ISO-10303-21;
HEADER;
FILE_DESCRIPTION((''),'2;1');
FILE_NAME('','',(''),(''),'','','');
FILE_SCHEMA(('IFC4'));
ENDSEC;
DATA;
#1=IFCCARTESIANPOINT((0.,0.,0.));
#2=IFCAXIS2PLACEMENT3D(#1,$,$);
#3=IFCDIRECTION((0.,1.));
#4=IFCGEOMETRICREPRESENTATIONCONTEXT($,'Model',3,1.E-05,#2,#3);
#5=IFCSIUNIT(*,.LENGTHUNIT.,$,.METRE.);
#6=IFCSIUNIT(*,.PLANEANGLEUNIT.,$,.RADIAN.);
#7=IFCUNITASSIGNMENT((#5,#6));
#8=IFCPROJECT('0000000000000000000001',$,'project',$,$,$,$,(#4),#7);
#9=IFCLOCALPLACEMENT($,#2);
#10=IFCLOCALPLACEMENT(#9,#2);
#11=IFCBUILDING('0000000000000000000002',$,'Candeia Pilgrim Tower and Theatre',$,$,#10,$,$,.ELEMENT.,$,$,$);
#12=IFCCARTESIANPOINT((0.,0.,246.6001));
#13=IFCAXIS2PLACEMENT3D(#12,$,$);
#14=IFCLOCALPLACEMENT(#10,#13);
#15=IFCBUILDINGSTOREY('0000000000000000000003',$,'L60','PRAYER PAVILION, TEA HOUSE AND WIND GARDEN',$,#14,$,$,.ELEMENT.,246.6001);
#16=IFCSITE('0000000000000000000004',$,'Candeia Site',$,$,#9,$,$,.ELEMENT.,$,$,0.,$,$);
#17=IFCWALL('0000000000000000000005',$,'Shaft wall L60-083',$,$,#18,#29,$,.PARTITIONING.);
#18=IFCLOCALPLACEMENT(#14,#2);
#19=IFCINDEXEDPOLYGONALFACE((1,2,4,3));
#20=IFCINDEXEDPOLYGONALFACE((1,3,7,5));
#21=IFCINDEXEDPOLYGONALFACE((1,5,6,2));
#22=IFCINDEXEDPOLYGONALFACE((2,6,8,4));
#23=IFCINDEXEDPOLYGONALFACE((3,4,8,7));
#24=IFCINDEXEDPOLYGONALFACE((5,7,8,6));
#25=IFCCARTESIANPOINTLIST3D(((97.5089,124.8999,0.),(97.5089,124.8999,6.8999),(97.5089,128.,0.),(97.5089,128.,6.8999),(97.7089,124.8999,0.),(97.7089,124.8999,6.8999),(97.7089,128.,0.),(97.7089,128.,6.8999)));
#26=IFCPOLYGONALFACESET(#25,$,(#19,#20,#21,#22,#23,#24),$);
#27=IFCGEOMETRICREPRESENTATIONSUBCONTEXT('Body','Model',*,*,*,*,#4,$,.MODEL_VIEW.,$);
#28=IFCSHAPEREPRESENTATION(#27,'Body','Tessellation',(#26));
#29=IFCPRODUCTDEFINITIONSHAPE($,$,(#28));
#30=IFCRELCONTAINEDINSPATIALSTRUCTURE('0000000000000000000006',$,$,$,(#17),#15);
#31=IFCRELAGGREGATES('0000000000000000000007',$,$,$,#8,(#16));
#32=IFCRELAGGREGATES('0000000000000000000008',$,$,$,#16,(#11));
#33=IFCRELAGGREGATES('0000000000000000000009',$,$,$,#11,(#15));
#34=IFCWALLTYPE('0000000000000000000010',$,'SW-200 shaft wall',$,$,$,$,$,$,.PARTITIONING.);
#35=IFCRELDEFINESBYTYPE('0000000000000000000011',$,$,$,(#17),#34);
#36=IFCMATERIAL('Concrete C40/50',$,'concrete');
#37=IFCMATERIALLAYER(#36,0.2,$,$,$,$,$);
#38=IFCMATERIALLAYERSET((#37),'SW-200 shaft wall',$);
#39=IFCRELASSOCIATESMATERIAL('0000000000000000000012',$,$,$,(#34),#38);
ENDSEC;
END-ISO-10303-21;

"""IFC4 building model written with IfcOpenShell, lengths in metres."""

from ifc_helpers import new_model, si_unit, direction, frame, frame_2d, origin, place, context, subcontext, project, spatial, rectangle, extrude, material, layer, layer_set, type_object, element, save


model = new_model("IFC4")

# Units and contexts
model_context = context("Model", 3, precision=1e-05, world=origin(), true_north=direction((0.0, 1.0)))
body_context = subcontext(model_context, "Body", "Model", "MODEL_VIEW")
ifc_project = project(units=[si_unit("LENGTHUNIT", "METRE"), si_unit("PLANEANGLEUNIT", "RADIAN")], contexts=[model_context])

# Site, building, storey
site_placement = place(None, origin())
site = spatial("IfcSite", under=ifc_project, at=site_placement, Name="Candeia Site", CompositionType="ELEMENT", RefElevation=0.0)
building_placement = place(site_placement, origin())
building = spatial("IfcBuilding", under=site, at=building_placement, Name="Candeia Pilgrim Tower and Theatre", CompositionType="ELEMENT")
storey_placement = place(building_placement, frame((0.0, 0.0, 246.6001)))
storey = spatial("IfcBuildingStorey", under=building, at=storey_placement, Name="L60", Description="PRAYER PAVILION, TEA HOUSE AND WIND GARDEN", CompositionType="ELEMENT", Elevation=246.6001)

# Shared definitions
ifc_material_1 = material(Name="Concrete C40/50", Category="concrete")
ifc_layer_1 = layer(ifc_material_1, 0.2)
ifc_layer_set_1 = layer_set([ifc_layer_1], Name="SW-200 shaft wall")
wall_type_1 = type_object("IfcWallType", Name="SW-200 shaft wall", PredefinedType="PARTITIONING", material=ifc_layer_set_1)

# Wall
for number, where, z_axis, x_axis, name in (
    (1, (97.6089, 124.8999, 0.0), (0.0, 0.0, 1.0), (0.0, 1.0, 0.0), "Shaft wall L60-083"),
):
    element("IfcWall", number, at=place(storey_placement, frame(where, z_axis=z_axis, x_axis=x_axis)), inside=storey, type_object=wall_type_1, Name=name, PredefinedType="PARTITIONING", context=body_context, shape_type="SweptSolid", body=[
        extrude(rectangle(XDim=3.1001, YDim=0.2, at=frame_2d((1.55, 0.0))), origin(), (0.0, 0.0, 1.0), 6.8999),
    ])

save(model, "model.ifc")
